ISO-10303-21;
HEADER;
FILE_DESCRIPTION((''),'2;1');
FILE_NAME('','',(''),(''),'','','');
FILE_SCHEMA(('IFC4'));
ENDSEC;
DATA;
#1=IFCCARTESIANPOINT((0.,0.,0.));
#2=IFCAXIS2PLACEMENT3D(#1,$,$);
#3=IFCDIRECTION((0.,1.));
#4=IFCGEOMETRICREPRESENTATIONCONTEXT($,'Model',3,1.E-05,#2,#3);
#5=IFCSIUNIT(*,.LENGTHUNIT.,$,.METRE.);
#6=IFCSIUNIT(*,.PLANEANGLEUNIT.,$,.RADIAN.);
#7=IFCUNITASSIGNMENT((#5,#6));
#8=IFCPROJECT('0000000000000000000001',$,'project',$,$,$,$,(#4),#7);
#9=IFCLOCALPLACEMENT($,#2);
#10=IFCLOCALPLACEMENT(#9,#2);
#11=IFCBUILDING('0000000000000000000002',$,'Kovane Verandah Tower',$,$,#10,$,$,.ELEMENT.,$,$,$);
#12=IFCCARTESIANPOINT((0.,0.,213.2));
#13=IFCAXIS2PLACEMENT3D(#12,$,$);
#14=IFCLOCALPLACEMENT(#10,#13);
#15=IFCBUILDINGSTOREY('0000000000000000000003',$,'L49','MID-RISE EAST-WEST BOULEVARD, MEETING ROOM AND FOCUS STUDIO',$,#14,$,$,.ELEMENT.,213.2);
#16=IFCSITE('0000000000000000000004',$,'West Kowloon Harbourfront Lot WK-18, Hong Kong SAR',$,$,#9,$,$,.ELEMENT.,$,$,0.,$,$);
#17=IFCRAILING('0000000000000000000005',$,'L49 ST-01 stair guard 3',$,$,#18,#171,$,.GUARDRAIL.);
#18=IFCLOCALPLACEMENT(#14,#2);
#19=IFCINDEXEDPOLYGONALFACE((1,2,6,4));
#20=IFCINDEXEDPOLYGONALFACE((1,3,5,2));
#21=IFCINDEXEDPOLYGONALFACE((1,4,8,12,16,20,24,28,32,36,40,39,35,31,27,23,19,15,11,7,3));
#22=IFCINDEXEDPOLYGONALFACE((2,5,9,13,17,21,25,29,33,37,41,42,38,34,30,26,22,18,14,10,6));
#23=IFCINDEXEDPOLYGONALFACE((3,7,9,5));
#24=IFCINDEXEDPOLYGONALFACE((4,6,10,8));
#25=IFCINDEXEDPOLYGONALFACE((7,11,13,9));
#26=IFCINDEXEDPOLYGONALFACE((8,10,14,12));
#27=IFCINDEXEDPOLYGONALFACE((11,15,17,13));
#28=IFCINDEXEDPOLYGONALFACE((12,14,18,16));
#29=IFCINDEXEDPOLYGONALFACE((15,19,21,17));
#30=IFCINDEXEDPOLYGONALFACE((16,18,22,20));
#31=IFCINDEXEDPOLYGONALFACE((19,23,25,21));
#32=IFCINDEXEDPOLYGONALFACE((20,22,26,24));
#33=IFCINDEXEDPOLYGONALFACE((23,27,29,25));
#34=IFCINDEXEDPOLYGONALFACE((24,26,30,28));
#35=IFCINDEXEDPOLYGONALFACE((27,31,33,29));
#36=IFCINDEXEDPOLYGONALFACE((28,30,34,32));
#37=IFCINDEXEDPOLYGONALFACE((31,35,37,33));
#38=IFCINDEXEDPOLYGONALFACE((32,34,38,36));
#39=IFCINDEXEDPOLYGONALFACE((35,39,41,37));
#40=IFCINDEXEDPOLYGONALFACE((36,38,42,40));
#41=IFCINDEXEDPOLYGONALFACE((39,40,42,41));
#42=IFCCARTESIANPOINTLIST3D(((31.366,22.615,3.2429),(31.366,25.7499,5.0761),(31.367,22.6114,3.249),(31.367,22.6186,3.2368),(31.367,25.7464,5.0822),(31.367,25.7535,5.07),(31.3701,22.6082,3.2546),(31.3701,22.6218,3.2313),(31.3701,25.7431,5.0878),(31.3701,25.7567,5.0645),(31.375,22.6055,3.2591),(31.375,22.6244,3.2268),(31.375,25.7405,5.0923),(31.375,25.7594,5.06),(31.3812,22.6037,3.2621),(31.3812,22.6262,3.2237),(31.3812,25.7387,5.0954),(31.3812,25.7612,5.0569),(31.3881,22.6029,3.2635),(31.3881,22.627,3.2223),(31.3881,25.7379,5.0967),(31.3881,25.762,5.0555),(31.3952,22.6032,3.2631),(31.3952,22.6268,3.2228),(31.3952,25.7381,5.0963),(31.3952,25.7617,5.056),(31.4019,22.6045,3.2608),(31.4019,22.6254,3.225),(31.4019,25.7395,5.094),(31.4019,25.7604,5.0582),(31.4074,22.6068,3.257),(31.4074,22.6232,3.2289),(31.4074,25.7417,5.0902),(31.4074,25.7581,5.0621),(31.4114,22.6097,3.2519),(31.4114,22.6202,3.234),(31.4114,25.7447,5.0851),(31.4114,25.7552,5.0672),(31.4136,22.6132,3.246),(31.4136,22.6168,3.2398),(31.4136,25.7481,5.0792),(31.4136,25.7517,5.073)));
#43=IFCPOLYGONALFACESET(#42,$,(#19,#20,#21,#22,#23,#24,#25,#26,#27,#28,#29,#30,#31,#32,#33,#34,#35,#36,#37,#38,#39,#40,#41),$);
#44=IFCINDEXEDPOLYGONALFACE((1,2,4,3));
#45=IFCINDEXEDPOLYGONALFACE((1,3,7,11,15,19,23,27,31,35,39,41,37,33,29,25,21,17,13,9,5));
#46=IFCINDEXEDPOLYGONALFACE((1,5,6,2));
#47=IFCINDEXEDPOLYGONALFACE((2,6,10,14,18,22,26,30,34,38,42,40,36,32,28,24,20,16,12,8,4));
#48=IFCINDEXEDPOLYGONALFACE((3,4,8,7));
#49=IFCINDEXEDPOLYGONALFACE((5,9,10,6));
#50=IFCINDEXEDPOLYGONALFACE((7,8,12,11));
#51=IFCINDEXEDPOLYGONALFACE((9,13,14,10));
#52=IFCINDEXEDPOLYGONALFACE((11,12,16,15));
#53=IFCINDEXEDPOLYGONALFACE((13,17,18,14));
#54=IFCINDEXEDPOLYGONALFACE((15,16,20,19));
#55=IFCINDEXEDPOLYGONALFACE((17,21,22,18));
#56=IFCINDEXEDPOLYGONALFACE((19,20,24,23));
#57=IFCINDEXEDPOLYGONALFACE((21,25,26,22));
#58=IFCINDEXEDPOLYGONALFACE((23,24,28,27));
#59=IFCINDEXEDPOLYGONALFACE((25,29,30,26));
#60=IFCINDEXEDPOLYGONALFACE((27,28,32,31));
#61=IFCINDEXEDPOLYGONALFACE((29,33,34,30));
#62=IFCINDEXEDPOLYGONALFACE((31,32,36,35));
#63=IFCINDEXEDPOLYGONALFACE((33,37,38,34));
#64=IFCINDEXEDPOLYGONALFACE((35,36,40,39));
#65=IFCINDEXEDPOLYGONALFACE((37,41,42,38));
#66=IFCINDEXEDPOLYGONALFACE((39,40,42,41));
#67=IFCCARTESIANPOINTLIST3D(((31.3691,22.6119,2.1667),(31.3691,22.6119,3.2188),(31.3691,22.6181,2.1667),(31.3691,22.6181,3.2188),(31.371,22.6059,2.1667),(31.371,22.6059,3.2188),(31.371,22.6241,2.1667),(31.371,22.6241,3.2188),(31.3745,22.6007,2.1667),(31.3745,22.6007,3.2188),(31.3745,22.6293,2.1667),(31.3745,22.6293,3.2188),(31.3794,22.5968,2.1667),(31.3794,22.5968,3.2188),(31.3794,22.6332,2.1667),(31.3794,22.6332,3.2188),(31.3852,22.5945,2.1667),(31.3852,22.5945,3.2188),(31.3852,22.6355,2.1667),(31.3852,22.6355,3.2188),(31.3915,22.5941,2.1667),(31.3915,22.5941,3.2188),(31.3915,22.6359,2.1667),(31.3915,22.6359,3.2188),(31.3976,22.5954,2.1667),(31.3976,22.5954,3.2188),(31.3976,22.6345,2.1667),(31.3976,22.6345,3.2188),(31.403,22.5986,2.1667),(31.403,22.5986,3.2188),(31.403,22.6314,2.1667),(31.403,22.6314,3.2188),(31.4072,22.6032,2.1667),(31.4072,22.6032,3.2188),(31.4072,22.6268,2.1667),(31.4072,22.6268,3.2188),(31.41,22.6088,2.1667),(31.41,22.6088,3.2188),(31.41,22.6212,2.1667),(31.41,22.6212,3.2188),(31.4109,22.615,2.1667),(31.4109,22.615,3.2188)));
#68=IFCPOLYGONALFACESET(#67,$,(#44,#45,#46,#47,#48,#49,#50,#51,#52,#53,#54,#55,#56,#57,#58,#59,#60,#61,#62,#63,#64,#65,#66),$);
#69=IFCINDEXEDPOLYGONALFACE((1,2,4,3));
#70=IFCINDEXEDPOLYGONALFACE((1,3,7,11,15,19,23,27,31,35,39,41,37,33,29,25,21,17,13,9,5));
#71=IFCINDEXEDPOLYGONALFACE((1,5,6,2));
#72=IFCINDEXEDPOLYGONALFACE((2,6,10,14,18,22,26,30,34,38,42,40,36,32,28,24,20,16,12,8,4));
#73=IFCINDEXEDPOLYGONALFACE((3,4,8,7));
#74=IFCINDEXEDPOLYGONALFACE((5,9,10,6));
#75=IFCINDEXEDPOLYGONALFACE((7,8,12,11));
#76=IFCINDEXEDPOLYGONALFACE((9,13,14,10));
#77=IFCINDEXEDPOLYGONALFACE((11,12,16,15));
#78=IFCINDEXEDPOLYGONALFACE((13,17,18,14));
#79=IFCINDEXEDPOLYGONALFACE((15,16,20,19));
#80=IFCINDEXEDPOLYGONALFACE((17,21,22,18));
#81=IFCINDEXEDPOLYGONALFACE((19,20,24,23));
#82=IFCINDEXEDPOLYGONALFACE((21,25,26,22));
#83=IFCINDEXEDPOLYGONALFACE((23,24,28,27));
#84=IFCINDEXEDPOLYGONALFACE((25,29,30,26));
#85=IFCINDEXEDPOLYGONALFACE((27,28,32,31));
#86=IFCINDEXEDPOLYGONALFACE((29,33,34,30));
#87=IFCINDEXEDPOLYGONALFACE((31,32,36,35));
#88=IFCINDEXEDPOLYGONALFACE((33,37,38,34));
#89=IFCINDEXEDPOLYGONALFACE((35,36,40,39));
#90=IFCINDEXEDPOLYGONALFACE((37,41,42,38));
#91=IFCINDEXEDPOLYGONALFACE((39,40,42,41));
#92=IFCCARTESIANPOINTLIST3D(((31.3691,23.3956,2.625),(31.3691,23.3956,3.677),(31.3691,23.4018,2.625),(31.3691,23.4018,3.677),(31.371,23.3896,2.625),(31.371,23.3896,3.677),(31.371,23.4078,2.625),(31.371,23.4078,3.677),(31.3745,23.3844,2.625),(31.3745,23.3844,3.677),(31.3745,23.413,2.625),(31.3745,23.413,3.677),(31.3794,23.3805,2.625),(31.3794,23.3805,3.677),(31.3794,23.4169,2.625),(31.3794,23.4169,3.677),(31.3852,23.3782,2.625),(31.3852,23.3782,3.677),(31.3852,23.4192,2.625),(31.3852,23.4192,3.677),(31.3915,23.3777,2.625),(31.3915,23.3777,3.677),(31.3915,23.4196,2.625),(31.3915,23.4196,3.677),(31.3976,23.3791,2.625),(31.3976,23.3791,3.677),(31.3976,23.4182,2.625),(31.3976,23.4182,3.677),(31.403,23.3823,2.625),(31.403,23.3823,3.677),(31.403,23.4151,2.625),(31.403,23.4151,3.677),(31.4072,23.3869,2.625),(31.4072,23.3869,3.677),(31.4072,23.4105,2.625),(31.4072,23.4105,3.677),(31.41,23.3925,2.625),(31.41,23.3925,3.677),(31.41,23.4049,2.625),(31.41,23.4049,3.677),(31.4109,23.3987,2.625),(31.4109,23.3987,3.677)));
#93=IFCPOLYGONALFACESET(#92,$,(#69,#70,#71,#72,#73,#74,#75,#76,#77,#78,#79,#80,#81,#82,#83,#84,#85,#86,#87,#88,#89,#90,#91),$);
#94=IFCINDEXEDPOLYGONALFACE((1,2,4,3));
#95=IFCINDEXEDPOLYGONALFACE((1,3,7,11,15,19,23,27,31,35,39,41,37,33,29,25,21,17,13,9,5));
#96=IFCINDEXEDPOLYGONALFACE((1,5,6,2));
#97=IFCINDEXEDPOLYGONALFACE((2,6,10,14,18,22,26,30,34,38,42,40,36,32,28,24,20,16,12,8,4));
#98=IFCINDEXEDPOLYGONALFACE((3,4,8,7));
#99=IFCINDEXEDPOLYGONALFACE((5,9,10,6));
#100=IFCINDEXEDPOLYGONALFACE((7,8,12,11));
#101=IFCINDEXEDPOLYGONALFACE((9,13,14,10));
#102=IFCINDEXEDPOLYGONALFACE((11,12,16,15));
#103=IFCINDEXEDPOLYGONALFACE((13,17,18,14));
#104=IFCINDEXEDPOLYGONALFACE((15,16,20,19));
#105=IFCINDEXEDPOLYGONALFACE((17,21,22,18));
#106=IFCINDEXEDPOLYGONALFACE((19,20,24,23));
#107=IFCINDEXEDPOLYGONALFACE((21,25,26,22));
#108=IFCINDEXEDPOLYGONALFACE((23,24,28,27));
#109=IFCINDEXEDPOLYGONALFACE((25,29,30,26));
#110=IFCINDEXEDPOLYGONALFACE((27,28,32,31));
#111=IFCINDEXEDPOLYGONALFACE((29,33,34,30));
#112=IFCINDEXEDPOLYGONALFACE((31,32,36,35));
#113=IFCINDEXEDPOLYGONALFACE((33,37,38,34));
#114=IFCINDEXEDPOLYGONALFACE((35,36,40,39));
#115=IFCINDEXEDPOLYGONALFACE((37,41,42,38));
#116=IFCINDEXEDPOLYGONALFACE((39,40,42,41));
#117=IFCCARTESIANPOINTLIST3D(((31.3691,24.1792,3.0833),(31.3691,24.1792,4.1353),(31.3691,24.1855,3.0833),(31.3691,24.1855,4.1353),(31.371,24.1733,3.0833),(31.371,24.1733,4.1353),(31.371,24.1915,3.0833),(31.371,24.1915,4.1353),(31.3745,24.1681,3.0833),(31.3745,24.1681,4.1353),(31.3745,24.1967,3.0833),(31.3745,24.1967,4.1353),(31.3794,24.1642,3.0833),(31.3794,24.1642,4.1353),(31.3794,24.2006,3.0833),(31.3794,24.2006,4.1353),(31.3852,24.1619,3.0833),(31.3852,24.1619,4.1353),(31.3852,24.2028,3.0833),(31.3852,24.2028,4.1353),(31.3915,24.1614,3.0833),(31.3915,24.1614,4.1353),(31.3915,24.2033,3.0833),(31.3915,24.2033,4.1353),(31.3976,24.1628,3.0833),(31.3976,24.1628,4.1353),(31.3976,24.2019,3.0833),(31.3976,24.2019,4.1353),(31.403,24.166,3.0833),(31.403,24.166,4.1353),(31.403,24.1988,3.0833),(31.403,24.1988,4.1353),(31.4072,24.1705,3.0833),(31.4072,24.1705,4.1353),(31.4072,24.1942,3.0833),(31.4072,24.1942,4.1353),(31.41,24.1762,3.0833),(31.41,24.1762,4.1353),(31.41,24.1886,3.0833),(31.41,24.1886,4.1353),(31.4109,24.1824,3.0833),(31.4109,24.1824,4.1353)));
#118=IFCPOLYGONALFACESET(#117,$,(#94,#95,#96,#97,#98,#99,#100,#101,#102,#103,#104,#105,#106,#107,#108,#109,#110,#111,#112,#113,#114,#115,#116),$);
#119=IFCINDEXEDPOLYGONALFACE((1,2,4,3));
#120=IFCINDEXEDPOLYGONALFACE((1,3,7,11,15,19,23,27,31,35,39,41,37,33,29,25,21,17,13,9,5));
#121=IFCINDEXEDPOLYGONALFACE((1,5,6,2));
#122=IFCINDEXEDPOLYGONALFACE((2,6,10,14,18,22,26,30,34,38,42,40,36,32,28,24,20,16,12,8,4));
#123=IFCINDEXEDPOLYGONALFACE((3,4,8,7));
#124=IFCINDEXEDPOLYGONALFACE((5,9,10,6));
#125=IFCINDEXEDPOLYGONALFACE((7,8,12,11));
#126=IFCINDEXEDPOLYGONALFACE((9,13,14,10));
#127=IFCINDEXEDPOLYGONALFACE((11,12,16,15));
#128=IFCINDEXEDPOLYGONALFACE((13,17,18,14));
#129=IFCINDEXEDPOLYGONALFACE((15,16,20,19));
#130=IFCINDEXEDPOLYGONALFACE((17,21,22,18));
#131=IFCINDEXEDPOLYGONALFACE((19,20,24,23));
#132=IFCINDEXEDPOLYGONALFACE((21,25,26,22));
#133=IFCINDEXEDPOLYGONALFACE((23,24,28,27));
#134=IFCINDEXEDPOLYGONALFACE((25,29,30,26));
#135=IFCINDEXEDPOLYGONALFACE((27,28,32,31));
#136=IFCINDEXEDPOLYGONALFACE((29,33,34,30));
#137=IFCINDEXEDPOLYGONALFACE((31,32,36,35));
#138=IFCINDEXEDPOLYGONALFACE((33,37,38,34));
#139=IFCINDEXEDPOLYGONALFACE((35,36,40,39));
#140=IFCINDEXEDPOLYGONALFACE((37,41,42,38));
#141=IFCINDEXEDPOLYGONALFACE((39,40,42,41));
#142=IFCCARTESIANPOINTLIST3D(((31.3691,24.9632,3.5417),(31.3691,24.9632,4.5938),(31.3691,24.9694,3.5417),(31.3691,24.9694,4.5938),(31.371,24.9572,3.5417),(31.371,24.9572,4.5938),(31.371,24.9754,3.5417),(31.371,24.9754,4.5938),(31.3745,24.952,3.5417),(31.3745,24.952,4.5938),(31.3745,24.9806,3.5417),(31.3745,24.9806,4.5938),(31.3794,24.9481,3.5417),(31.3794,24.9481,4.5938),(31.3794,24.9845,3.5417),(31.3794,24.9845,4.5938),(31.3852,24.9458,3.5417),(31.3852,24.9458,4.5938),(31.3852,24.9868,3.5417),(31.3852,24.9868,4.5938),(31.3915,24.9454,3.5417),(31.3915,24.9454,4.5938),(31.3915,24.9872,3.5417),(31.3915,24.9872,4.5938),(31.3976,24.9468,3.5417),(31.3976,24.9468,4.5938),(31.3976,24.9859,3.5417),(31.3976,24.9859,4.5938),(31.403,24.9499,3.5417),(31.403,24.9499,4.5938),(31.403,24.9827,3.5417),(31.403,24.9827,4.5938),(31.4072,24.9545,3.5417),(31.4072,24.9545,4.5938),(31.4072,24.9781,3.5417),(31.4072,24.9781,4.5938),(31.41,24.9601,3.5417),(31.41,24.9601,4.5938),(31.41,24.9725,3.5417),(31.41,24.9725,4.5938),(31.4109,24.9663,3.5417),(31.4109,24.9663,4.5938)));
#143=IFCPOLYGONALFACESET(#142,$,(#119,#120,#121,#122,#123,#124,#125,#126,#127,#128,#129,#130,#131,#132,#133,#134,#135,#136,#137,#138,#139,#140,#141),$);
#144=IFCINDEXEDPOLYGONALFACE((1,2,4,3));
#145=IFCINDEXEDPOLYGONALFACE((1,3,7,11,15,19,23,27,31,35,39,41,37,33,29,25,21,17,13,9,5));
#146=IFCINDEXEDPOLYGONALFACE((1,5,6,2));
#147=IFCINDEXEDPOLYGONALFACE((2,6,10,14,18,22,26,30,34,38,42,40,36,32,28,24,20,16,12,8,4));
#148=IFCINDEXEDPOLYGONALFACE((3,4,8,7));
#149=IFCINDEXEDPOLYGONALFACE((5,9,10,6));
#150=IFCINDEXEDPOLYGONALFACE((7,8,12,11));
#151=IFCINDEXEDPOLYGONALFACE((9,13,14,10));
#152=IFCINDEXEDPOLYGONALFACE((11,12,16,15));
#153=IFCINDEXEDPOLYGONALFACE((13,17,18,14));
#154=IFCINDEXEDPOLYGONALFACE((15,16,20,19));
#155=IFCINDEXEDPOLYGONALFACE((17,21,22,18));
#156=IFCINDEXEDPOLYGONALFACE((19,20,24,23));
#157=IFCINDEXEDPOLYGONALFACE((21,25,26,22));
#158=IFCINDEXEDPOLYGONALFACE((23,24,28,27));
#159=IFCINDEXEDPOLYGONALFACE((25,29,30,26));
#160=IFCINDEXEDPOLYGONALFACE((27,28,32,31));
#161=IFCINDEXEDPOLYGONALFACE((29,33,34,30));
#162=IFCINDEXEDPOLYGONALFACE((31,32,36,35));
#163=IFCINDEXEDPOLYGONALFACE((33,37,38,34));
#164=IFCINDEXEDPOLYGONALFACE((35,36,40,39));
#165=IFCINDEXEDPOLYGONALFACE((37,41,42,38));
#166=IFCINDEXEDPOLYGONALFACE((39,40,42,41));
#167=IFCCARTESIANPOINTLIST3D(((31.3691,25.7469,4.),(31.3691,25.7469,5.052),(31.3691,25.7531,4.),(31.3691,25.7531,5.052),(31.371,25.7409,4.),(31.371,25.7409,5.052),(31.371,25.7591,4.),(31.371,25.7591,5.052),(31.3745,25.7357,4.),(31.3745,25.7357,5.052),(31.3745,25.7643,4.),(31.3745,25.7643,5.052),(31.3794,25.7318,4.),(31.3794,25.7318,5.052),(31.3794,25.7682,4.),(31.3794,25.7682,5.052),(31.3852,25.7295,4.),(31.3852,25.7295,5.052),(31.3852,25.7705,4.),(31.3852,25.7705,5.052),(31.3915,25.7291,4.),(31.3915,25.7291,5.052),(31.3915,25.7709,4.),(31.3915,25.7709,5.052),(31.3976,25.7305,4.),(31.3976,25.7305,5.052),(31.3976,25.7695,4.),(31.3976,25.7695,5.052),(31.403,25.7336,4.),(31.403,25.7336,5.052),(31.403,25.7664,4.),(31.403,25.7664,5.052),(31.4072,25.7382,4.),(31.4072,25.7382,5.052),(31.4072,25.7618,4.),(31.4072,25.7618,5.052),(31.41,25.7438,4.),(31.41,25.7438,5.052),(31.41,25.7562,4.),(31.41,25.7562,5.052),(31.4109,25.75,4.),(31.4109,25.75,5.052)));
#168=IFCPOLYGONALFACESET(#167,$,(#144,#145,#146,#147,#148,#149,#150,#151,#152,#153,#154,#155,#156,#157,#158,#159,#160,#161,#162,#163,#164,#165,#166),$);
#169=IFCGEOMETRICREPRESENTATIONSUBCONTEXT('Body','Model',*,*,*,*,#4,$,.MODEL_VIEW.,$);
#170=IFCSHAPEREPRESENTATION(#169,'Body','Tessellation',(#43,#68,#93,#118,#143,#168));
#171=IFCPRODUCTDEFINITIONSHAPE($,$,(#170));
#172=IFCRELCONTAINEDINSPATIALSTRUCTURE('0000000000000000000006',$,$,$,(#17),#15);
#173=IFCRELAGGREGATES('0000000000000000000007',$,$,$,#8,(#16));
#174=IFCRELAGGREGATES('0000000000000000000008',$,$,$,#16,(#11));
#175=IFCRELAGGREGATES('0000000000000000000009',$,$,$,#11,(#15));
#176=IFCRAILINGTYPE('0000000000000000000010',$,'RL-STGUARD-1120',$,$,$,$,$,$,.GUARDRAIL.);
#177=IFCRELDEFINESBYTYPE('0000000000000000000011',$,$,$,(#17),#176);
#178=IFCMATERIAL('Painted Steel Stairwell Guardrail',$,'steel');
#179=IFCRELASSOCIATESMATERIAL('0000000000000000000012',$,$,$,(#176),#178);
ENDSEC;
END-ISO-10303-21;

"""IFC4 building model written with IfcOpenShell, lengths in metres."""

from ifc_helpers import new_model, si_unit, direction, frame, origin, origin_2d, place, context, subcontext, project, spatial, circle, extrude, material, type_object, element, save


model = new_model("IFC4")

# Units and contexts
model_context = context("Model", 3, precision=1e-05, world=origin(), true_north=direction((0.0, 1.0)))
body_context = subcontext(model_context, "Body", "Model", "MODEL_VIEW")
ifc_project = project(units=[si_unit("LENGTHUNIT", "METRE"), si_unit("PLANEANGLEUNIT", "RADIAN")], contexts=[model_context])

# Site, building, storey
site_placement = place(None, origin())
site = spatial("IfcSite", under=ifc_project, at=site_placement, Name="West Kowloon Harbourfront Lot WK-18, Hong Kong SAR", CompositionType="ELEMENT", RefElevation=0.0)
building_placement = place(site_placement, origin())
building = spatial("IfcBuilding", under=site, at=building_placement, Name="Kovane Verandah Tower", CompositionType="ELEMENT")
storey_placement = place(building_placement, frame((0.0, 0.0, 213.2)))
storey = spatial("IfcBuildingStorey", under=building, at=storey_placement, Name="L49", Description="MID-RISE EAST-WEST BOULEVARD, MEETING ROOM AND FOCUS STUDIO", CompositionType="ELEMENT", Elevation=213.2)

# Railing
ifc_material_1 = material(Name="Painted Steel Stairwell Guardrail", Category="steel")
railing_type_1 = type_object("IfcRailingType", Name="RL-STGUARD-1120", PredefinedType="GUARDRAIL", material=ifc_material_1)
railing_1_placement = place(storey_placement, frame((31.3899, 22.615, 2.1667)))
element("IfcRailing", 1, at=railing_1_placement, inside=storey, type_object=railing_type_1, Name="L49 ST-01 stair guard 3", PredefinedType="GUARDRAIL", context=body_context, shape_type="SweptSolid", body=[
    extrude(circle(Radius=0.0239, at=origin_2d()), frame((0.0, 0.0, 1.0762), z_axis=(0.0, 0.86324, 0.504794), x_axis=(-1.0, 0.0, 0.0)), (0.0, 0.0, 1.0), 3.6316),
    extrude(circle(Radius=0.021, at=origin_2d()), origin(), (0.0, 0.0, 1.0), 1.052),
    extrude(circle(Radius=0.021, at=origin_2d()), frame((0.0, 0.7837, 0.4583)), (0.0, 0.0, 1.0), 1.052),
    extrude(circle(Radius=0.021, at=origin_2d()), frame((0.0, 1.5674, 0.9165)), (0.0, 0.0, 1.0), 1.052),
    extrude(circle(Radius=0.021, at=origin_2d()), frame((0.0, 2.3513, 1.375)), (0.0, 0.0, 1.0), 1.052),
    extrude(circle(Radius=0.021, at=origin_2d()), frame((0.0, 3.135, 1.8333)), (0.0, 0.0, 1.0), 1.052),
])

save(model, "model.ifc")
